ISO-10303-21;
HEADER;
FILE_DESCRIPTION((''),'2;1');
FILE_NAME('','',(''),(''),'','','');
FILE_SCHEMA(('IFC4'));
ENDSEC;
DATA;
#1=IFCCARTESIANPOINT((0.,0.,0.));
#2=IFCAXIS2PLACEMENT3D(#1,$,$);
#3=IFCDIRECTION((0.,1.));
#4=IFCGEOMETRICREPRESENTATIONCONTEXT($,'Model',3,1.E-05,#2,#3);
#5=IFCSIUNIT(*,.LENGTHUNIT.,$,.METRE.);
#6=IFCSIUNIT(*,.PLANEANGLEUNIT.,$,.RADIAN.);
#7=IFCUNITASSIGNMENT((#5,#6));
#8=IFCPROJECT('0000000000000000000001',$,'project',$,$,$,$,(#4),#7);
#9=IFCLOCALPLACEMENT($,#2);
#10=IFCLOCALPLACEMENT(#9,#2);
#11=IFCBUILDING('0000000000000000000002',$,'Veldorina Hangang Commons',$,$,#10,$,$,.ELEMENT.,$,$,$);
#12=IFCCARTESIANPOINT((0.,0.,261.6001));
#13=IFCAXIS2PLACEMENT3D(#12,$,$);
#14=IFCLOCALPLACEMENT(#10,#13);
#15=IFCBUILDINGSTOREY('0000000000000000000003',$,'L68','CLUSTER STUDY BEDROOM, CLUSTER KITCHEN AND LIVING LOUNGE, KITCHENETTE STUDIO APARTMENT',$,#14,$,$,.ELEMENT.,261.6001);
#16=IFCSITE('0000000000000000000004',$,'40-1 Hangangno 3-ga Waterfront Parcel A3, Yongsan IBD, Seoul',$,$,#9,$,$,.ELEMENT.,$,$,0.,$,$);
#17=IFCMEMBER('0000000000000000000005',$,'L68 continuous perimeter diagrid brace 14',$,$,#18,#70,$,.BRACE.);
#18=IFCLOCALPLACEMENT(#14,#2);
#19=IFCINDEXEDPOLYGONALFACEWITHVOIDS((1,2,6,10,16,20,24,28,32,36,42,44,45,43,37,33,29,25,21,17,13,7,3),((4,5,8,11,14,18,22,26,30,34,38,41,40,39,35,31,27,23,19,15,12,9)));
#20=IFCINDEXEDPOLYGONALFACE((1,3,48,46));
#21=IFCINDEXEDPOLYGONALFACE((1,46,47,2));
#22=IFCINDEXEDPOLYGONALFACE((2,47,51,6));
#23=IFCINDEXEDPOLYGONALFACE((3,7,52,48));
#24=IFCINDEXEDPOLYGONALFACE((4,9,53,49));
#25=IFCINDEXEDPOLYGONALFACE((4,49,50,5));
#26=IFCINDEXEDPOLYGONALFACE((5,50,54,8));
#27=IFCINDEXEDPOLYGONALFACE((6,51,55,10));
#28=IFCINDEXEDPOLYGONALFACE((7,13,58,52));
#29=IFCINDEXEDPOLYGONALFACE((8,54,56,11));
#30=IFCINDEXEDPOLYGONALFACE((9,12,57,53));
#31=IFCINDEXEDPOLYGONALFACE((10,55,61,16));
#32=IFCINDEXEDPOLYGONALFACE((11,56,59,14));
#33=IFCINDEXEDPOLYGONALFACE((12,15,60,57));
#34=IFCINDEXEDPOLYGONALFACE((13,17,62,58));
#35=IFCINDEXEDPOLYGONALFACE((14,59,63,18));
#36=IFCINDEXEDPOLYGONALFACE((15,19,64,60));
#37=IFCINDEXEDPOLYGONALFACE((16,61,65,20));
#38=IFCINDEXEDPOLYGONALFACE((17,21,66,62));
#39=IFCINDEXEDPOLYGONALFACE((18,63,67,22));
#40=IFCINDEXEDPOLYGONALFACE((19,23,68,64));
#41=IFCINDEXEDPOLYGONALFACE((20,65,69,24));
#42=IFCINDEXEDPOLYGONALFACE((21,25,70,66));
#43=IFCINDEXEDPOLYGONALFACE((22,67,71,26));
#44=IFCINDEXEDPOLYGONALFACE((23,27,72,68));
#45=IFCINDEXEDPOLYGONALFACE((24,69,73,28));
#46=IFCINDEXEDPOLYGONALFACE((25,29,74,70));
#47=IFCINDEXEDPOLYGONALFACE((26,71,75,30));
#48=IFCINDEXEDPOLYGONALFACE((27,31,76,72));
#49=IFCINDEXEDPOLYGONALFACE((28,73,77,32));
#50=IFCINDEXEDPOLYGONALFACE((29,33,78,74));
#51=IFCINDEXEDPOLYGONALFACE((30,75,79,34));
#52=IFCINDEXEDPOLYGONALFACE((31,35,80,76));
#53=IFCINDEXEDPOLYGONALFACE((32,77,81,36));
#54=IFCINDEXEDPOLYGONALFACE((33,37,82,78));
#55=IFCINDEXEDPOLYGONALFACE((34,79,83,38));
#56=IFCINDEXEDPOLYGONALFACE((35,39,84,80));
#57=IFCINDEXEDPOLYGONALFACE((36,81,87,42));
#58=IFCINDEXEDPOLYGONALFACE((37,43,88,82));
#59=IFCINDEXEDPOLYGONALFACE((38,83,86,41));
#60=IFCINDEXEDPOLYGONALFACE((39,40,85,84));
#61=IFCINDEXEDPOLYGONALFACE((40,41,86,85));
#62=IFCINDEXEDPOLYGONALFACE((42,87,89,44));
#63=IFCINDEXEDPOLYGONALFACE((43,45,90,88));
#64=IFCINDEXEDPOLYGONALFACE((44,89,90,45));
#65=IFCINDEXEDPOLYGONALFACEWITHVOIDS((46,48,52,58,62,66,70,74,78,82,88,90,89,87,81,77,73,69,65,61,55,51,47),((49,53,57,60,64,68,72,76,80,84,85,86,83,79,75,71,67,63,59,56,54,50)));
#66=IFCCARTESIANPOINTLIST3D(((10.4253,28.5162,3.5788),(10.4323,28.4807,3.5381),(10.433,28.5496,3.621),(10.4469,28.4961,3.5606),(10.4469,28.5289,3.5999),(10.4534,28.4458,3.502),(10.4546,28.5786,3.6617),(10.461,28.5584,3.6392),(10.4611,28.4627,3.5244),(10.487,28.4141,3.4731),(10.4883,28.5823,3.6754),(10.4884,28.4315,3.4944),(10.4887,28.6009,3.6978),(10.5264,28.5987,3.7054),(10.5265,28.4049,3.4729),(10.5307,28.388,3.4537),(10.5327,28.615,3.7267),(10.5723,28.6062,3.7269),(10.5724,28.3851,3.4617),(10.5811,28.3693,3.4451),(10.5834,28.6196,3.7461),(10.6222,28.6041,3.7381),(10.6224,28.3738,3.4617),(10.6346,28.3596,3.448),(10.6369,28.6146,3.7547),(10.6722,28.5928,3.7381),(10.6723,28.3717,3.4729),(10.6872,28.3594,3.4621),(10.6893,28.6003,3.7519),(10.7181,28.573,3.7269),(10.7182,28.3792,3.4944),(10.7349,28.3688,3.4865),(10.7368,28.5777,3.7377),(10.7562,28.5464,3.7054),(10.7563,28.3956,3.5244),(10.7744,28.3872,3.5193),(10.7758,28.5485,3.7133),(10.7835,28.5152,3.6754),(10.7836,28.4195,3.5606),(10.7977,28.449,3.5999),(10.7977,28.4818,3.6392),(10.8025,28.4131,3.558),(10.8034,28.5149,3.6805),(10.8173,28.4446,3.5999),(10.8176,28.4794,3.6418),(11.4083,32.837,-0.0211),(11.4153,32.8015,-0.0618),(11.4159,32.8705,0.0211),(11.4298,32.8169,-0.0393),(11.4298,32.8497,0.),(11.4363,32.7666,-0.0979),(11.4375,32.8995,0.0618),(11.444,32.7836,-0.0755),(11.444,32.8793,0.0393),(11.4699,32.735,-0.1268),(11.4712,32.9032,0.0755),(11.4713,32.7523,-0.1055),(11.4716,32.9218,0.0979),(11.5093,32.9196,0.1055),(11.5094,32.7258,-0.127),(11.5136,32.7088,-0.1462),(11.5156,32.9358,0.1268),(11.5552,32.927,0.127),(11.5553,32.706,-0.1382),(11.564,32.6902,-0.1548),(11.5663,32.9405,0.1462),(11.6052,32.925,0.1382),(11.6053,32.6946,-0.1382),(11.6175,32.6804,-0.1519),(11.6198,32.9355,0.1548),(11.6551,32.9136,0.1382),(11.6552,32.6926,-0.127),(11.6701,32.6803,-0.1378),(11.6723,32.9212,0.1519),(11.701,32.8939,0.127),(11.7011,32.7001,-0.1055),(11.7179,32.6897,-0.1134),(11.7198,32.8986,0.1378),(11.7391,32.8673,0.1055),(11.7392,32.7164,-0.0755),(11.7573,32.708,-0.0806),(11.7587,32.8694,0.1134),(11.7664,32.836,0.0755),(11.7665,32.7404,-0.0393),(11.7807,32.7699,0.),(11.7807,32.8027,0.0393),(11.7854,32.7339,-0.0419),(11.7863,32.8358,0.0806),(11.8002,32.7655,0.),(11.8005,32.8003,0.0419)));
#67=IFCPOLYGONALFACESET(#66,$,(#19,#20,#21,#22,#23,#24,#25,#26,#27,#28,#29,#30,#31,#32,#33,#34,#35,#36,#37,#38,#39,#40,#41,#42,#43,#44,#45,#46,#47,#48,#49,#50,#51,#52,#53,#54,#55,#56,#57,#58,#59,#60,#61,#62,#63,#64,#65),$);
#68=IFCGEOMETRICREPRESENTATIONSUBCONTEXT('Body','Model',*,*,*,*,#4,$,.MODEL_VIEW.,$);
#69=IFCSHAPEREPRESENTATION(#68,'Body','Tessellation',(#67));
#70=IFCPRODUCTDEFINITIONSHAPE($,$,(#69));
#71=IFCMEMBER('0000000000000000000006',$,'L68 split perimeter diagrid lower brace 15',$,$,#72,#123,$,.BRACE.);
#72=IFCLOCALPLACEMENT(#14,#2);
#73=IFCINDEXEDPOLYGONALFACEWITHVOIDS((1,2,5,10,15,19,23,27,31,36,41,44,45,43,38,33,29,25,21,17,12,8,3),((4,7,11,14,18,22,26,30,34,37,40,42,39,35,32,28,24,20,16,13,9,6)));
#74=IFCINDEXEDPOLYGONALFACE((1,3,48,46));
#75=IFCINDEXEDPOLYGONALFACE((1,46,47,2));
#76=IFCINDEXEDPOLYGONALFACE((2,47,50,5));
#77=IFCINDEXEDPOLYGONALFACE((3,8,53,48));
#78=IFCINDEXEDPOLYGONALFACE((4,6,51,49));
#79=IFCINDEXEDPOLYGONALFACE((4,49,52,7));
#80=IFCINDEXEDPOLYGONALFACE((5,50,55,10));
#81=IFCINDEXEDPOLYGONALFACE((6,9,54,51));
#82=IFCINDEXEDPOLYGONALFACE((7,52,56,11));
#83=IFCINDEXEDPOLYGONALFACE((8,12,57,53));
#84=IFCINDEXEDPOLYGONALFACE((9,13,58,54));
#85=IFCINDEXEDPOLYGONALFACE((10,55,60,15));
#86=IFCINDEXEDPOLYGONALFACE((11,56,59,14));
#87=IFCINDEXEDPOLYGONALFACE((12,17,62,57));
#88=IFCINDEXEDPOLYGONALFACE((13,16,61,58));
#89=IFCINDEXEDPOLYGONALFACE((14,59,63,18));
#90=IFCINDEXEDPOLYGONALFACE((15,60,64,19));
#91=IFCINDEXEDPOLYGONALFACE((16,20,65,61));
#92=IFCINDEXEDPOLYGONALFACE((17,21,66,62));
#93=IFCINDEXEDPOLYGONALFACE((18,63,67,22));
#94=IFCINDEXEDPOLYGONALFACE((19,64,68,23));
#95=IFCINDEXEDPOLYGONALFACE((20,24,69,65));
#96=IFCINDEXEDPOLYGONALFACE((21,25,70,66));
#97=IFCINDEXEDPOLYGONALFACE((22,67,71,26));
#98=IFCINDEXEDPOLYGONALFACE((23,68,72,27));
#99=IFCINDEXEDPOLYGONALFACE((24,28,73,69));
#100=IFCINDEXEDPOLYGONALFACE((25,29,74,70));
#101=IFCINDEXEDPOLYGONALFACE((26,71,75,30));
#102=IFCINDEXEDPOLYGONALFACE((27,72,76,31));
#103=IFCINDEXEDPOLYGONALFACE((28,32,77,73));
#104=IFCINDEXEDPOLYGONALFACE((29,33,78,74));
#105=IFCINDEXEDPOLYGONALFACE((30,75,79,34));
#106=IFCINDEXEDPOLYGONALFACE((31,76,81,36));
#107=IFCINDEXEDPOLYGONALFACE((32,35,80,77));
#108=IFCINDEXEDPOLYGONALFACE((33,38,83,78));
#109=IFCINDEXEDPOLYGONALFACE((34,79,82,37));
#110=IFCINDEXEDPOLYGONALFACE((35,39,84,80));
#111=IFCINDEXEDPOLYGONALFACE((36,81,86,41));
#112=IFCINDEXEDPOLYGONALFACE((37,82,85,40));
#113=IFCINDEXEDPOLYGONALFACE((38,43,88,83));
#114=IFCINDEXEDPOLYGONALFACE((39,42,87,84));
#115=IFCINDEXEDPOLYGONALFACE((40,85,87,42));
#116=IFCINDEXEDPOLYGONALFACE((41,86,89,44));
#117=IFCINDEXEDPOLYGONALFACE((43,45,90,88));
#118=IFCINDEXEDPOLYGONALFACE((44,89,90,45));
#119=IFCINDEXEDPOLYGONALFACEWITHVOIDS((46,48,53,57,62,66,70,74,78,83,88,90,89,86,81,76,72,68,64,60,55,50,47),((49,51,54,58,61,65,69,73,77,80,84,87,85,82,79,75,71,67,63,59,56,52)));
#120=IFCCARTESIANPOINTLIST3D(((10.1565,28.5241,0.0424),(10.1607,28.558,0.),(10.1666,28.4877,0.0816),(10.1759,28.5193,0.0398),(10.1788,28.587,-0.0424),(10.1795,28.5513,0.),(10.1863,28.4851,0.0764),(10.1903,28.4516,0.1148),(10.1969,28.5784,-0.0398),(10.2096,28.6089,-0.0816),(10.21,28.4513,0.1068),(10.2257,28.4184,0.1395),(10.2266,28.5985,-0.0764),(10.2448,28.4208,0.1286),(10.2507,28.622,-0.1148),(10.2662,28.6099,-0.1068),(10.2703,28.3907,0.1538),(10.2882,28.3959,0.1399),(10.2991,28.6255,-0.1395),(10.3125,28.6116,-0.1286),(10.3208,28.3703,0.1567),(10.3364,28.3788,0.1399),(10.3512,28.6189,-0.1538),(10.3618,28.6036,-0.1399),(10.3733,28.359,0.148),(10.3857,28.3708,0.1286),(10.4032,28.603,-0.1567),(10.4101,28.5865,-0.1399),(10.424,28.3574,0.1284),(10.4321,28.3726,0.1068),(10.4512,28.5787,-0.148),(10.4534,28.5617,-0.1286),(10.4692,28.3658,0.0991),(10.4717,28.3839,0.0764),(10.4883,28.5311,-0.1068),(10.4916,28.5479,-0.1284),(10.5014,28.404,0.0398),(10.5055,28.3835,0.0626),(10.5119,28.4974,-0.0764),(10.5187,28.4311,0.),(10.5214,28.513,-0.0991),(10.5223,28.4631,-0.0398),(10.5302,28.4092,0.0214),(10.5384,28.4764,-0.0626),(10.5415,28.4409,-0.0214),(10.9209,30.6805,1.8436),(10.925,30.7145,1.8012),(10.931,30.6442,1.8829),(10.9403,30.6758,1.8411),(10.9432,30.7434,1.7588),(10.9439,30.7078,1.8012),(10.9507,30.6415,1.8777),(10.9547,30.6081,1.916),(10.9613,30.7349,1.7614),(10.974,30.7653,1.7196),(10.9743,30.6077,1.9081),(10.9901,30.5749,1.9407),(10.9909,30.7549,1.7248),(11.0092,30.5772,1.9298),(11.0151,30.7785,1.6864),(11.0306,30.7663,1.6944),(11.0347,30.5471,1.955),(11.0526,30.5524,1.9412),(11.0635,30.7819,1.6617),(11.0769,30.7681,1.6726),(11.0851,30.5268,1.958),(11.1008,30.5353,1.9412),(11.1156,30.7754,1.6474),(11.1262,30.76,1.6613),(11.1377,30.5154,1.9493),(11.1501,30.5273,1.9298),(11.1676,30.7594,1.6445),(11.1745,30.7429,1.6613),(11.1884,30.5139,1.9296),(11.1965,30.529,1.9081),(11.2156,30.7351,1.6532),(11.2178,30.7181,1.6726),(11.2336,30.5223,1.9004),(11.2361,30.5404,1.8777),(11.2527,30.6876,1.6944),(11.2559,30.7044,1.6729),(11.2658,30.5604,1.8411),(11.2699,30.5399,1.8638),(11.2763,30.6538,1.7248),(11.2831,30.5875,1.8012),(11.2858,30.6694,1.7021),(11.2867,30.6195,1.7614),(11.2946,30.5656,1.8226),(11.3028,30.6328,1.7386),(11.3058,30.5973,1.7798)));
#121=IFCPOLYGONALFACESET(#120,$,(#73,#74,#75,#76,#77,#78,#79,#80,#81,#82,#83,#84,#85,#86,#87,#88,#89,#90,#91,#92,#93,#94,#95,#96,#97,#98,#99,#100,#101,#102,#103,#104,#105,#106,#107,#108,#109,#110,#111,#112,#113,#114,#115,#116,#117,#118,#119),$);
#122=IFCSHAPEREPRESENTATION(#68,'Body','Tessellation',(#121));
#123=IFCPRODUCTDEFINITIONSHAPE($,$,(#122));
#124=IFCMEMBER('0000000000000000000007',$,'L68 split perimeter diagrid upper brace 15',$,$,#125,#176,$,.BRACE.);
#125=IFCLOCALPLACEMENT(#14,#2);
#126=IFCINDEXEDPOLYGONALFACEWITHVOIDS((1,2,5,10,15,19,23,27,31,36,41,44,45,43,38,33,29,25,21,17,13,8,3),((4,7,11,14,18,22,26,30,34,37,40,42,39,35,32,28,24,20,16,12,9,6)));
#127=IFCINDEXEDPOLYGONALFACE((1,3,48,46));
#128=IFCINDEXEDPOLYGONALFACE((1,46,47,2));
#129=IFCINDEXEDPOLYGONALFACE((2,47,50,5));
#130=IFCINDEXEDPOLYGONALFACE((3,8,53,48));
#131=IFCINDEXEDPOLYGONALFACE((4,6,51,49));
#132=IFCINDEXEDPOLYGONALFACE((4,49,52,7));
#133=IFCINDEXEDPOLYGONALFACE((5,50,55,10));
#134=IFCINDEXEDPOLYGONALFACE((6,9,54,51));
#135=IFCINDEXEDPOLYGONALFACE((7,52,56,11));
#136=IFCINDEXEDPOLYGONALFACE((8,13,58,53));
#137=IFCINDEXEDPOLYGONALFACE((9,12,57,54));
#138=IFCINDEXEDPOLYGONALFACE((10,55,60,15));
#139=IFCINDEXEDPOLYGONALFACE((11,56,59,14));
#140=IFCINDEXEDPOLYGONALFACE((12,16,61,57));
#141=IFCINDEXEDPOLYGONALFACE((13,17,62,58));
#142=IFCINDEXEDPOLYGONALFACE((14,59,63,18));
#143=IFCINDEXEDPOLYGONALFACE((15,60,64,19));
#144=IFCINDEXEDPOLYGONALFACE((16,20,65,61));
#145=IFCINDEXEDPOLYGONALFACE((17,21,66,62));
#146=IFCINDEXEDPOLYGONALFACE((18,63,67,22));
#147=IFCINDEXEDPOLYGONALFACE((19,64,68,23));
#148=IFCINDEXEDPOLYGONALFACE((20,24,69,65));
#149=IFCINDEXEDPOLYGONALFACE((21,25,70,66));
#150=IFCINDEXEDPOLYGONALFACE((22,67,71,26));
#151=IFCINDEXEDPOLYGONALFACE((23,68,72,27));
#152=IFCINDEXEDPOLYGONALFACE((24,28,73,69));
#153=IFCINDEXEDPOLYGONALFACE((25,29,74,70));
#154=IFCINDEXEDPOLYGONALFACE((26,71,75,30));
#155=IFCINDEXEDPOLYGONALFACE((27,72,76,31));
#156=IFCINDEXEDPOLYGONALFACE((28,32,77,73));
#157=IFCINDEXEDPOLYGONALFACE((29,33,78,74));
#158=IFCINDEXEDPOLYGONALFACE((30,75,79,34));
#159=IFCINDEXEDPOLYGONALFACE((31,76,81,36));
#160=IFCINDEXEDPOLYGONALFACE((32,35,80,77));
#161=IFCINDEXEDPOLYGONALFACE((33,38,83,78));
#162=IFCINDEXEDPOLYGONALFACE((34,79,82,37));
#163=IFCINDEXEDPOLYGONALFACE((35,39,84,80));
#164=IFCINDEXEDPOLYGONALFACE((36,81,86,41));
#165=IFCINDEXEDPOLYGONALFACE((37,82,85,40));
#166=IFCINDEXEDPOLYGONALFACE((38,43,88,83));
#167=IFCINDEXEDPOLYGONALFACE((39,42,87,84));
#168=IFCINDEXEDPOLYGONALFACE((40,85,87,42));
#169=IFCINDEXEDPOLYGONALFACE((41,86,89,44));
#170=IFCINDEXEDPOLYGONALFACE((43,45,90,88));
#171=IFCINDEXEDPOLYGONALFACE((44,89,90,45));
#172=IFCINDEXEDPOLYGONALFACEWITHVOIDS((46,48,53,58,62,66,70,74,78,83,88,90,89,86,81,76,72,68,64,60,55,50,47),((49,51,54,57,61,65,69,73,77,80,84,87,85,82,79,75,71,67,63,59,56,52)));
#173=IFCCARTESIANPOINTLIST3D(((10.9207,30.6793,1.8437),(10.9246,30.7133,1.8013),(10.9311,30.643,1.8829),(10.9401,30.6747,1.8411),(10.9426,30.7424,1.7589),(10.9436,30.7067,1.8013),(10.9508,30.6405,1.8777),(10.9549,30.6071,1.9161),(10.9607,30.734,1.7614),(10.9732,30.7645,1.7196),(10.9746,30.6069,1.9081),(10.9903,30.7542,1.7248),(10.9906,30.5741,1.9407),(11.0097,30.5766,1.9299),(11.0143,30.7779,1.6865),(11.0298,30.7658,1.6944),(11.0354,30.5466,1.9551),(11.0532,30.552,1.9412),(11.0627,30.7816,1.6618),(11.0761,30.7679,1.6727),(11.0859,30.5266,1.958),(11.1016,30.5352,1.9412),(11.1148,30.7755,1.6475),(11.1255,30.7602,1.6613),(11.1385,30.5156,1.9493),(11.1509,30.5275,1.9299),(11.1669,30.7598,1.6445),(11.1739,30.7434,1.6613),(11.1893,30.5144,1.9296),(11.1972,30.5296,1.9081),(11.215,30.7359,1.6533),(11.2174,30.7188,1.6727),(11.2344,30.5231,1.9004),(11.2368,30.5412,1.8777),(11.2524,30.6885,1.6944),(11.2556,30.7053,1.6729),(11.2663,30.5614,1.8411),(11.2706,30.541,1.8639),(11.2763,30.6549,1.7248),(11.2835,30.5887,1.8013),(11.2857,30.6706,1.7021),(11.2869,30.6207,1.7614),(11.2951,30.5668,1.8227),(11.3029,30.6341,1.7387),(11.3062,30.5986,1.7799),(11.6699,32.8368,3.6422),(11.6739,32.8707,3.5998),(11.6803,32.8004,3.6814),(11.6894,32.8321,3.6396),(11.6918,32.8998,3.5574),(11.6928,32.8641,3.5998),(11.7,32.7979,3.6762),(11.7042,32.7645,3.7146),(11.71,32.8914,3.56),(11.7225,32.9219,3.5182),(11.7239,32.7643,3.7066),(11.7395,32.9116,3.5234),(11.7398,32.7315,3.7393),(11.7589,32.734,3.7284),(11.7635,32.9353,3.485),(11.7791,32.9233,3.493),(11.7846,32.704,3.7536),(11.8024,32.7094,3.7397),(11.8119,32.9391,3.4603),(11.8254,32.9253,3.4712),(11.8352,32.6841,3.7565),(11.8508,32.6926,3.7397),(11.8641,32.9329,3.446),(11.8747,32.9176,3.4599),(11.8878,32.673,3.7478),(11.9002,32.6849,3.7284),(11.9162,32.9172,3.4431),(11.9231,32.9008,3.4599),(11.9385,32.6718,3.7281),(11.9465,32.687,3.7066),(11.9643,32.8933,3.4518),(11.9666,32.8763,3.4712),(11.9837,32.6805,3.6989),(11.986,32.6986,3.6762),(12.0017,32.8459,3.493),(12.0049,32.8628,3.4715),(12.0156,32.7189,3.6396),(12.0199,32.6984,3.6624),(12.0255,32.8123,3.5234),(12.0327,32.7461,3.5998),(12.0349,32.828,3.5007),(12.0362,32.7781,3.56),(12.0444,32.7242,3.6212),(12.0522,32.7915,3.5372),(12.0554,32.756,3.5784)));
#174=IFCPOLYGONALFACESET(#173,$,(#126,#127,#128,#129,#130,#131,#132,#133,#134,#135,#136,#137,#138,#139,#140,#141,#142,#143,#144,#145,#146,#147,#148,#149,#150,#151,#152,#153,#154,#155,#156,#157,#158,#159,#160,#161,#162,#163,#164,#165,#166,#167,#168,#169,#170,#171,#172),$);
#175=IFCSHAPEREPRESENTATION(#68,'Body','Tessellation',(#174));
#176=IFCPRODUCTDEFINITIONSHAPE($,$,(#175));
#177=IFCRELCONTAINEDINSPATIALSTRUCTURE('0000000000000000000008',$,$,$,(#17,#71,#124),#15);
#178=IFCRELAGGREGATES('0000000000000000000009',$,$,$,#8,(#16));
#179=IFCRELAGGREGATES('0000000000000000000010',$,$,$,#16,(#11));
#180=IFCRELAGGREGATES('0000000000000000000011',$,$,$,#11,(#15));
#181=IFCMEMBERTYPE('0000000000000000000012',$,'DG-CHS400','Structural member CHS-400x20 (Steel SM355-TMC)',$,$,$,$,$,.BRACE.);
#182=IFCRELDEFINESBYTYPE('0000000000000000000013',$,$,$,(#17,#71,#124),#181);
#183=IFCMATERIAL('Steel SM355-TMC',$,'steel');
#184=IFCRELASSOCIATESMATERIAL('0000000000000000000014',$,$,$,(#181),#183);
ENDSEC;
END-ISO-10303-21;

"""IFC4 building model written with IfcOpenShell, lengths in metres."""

from ifc_helpers import new_model, si_unit, direction, frame, origin, origin_2d, place, context, subcontext, project, spatial, hollow_circle, extrude, material, material_profile, profile_set, type_object, element, save


model = new_model("IFC4")

# Units and contexts
model_context = context("Model", 3, precision=1e-05, world=origin(), true_north=direction((0.0, 1.0)))
body_context = subcontext(model_context, "Body", "Model", "MODEL_VIEW")
ifc_project = project(units=[si_unit("LENGTHUNIT", "METRE"), si_unit("PLANEANGLEUNIT", "RADIAN")], contexts=[model_context])

# Site, building, storey
site_placement = place(None, origin())
site = spatial("IfcSite", under=ifc_project, at=site_placement, Name="40-1 Hangangno 3-ga Waterfront Parcel A3, Yongsan IBD, Seoul", CompositionType="ELEMENT", RefElevation=0.0)
building_placement = place(site_placement, origin())
building = spatial("IfcBuilding", under=site, at=building_placement, Name="Veldorina Hangang Commons", CompositionType="ELEMENT")
storey_placement = place(building_placement, frame((0.0, 0.0, 261.6001)))
storey = spatial("IfcBuildingStorey", under=building, at=storey_placement, Name="L68", Description="CLUSTER STUDY BEDROOM, CLUSTER KITCHEN AND LIVING LOUNGE, KITCHENETTE STUDIO APARTMENT", CompositionType="ELEMENT", Elevation=261.6001)

# Shared definitions
ifc_material_1 = material(Name="Steel SM355-TMC", Category="steel")

# Members
ifc_material_profile_1 = material_profile(ifc_material_1, hollow_circle(Radius=0.2, WallThickness=0.02, at=origin_2d()), Name="CHS-400x20")
ifc_profile_set_1 = profile_set([ifc_material_profile_1], Name="Steel SM355-TMC")
member_type_1 = type_object("IfcMemberType", Name="DG-CHS400", Description="Structural member CHS-400x20 (Steel SM355-TMC)", PredefinedType="BRACE", material=ifc_profile_set_1)
member_1_placement = place(storey_placement, frame((11.6052, 32.8098, 0.0), z_axis=(-0.172164, -0.756821, 0.630541), x_axis=(0.975088, -0.221816, 0.0)))
element("IfcMember", 1, at=member_1_placement, inside=storey, type_object=member_type_1, Name="L68 continuous perimeter diagrid brace 14", PredefinedType="BRACE", context=body_context, shape_type="SweptSolid", body=[
    extrude(hollow_circle(Radius=0.2, WallThickness=0.02, at=origin_2d()), origin(), (0.0, 0.0, 1.0), 5.7092),
])
member_2_placement = place(storey_placement, frame((10.3491, 28.4912, 0.0), z_axis=(0.262508, 0.740571, 0.618582), x_axis=(-0.942538, 0.334098, 0.0)))
element("IfcMember", 2, at=member_2_placement, inside=storey, type_object=member_type_1, Name="L68 split perimeter diagrid lower brace 15", PredefinedType="BRACE", context=body_context, shape_type="SweptSolid", body=[
    extrude(hollow_circle(Radius=0.2, WallThickness=0.02, at=origin_2d()), origin(), (0.0, 0.0, 1.0), 2.9119),
])
member_3_placement = place(storey_placement, frame((11.1135, 30.6477, 1.8013), z_axis=(0.257741, 0.742149, 0.618696), x_axis=(-0.944654, 0.328069, 0.0)))
element("IfcMember", 3, at=member_3_placement, inside=storey, type_object=member_type_1, Name="L68 split perimeter diagrid upper brace 15", PredefinedType="BRACE", context=body_context, shape_type="SweptSolid", body=[
    extrude(hollow_circle(Radius=0.2, WallThickness=0.02, at=origin_2d()), origin(), (0.0, 0.0, 1.0), 2.907),
])

save(model, "model.ifc")
